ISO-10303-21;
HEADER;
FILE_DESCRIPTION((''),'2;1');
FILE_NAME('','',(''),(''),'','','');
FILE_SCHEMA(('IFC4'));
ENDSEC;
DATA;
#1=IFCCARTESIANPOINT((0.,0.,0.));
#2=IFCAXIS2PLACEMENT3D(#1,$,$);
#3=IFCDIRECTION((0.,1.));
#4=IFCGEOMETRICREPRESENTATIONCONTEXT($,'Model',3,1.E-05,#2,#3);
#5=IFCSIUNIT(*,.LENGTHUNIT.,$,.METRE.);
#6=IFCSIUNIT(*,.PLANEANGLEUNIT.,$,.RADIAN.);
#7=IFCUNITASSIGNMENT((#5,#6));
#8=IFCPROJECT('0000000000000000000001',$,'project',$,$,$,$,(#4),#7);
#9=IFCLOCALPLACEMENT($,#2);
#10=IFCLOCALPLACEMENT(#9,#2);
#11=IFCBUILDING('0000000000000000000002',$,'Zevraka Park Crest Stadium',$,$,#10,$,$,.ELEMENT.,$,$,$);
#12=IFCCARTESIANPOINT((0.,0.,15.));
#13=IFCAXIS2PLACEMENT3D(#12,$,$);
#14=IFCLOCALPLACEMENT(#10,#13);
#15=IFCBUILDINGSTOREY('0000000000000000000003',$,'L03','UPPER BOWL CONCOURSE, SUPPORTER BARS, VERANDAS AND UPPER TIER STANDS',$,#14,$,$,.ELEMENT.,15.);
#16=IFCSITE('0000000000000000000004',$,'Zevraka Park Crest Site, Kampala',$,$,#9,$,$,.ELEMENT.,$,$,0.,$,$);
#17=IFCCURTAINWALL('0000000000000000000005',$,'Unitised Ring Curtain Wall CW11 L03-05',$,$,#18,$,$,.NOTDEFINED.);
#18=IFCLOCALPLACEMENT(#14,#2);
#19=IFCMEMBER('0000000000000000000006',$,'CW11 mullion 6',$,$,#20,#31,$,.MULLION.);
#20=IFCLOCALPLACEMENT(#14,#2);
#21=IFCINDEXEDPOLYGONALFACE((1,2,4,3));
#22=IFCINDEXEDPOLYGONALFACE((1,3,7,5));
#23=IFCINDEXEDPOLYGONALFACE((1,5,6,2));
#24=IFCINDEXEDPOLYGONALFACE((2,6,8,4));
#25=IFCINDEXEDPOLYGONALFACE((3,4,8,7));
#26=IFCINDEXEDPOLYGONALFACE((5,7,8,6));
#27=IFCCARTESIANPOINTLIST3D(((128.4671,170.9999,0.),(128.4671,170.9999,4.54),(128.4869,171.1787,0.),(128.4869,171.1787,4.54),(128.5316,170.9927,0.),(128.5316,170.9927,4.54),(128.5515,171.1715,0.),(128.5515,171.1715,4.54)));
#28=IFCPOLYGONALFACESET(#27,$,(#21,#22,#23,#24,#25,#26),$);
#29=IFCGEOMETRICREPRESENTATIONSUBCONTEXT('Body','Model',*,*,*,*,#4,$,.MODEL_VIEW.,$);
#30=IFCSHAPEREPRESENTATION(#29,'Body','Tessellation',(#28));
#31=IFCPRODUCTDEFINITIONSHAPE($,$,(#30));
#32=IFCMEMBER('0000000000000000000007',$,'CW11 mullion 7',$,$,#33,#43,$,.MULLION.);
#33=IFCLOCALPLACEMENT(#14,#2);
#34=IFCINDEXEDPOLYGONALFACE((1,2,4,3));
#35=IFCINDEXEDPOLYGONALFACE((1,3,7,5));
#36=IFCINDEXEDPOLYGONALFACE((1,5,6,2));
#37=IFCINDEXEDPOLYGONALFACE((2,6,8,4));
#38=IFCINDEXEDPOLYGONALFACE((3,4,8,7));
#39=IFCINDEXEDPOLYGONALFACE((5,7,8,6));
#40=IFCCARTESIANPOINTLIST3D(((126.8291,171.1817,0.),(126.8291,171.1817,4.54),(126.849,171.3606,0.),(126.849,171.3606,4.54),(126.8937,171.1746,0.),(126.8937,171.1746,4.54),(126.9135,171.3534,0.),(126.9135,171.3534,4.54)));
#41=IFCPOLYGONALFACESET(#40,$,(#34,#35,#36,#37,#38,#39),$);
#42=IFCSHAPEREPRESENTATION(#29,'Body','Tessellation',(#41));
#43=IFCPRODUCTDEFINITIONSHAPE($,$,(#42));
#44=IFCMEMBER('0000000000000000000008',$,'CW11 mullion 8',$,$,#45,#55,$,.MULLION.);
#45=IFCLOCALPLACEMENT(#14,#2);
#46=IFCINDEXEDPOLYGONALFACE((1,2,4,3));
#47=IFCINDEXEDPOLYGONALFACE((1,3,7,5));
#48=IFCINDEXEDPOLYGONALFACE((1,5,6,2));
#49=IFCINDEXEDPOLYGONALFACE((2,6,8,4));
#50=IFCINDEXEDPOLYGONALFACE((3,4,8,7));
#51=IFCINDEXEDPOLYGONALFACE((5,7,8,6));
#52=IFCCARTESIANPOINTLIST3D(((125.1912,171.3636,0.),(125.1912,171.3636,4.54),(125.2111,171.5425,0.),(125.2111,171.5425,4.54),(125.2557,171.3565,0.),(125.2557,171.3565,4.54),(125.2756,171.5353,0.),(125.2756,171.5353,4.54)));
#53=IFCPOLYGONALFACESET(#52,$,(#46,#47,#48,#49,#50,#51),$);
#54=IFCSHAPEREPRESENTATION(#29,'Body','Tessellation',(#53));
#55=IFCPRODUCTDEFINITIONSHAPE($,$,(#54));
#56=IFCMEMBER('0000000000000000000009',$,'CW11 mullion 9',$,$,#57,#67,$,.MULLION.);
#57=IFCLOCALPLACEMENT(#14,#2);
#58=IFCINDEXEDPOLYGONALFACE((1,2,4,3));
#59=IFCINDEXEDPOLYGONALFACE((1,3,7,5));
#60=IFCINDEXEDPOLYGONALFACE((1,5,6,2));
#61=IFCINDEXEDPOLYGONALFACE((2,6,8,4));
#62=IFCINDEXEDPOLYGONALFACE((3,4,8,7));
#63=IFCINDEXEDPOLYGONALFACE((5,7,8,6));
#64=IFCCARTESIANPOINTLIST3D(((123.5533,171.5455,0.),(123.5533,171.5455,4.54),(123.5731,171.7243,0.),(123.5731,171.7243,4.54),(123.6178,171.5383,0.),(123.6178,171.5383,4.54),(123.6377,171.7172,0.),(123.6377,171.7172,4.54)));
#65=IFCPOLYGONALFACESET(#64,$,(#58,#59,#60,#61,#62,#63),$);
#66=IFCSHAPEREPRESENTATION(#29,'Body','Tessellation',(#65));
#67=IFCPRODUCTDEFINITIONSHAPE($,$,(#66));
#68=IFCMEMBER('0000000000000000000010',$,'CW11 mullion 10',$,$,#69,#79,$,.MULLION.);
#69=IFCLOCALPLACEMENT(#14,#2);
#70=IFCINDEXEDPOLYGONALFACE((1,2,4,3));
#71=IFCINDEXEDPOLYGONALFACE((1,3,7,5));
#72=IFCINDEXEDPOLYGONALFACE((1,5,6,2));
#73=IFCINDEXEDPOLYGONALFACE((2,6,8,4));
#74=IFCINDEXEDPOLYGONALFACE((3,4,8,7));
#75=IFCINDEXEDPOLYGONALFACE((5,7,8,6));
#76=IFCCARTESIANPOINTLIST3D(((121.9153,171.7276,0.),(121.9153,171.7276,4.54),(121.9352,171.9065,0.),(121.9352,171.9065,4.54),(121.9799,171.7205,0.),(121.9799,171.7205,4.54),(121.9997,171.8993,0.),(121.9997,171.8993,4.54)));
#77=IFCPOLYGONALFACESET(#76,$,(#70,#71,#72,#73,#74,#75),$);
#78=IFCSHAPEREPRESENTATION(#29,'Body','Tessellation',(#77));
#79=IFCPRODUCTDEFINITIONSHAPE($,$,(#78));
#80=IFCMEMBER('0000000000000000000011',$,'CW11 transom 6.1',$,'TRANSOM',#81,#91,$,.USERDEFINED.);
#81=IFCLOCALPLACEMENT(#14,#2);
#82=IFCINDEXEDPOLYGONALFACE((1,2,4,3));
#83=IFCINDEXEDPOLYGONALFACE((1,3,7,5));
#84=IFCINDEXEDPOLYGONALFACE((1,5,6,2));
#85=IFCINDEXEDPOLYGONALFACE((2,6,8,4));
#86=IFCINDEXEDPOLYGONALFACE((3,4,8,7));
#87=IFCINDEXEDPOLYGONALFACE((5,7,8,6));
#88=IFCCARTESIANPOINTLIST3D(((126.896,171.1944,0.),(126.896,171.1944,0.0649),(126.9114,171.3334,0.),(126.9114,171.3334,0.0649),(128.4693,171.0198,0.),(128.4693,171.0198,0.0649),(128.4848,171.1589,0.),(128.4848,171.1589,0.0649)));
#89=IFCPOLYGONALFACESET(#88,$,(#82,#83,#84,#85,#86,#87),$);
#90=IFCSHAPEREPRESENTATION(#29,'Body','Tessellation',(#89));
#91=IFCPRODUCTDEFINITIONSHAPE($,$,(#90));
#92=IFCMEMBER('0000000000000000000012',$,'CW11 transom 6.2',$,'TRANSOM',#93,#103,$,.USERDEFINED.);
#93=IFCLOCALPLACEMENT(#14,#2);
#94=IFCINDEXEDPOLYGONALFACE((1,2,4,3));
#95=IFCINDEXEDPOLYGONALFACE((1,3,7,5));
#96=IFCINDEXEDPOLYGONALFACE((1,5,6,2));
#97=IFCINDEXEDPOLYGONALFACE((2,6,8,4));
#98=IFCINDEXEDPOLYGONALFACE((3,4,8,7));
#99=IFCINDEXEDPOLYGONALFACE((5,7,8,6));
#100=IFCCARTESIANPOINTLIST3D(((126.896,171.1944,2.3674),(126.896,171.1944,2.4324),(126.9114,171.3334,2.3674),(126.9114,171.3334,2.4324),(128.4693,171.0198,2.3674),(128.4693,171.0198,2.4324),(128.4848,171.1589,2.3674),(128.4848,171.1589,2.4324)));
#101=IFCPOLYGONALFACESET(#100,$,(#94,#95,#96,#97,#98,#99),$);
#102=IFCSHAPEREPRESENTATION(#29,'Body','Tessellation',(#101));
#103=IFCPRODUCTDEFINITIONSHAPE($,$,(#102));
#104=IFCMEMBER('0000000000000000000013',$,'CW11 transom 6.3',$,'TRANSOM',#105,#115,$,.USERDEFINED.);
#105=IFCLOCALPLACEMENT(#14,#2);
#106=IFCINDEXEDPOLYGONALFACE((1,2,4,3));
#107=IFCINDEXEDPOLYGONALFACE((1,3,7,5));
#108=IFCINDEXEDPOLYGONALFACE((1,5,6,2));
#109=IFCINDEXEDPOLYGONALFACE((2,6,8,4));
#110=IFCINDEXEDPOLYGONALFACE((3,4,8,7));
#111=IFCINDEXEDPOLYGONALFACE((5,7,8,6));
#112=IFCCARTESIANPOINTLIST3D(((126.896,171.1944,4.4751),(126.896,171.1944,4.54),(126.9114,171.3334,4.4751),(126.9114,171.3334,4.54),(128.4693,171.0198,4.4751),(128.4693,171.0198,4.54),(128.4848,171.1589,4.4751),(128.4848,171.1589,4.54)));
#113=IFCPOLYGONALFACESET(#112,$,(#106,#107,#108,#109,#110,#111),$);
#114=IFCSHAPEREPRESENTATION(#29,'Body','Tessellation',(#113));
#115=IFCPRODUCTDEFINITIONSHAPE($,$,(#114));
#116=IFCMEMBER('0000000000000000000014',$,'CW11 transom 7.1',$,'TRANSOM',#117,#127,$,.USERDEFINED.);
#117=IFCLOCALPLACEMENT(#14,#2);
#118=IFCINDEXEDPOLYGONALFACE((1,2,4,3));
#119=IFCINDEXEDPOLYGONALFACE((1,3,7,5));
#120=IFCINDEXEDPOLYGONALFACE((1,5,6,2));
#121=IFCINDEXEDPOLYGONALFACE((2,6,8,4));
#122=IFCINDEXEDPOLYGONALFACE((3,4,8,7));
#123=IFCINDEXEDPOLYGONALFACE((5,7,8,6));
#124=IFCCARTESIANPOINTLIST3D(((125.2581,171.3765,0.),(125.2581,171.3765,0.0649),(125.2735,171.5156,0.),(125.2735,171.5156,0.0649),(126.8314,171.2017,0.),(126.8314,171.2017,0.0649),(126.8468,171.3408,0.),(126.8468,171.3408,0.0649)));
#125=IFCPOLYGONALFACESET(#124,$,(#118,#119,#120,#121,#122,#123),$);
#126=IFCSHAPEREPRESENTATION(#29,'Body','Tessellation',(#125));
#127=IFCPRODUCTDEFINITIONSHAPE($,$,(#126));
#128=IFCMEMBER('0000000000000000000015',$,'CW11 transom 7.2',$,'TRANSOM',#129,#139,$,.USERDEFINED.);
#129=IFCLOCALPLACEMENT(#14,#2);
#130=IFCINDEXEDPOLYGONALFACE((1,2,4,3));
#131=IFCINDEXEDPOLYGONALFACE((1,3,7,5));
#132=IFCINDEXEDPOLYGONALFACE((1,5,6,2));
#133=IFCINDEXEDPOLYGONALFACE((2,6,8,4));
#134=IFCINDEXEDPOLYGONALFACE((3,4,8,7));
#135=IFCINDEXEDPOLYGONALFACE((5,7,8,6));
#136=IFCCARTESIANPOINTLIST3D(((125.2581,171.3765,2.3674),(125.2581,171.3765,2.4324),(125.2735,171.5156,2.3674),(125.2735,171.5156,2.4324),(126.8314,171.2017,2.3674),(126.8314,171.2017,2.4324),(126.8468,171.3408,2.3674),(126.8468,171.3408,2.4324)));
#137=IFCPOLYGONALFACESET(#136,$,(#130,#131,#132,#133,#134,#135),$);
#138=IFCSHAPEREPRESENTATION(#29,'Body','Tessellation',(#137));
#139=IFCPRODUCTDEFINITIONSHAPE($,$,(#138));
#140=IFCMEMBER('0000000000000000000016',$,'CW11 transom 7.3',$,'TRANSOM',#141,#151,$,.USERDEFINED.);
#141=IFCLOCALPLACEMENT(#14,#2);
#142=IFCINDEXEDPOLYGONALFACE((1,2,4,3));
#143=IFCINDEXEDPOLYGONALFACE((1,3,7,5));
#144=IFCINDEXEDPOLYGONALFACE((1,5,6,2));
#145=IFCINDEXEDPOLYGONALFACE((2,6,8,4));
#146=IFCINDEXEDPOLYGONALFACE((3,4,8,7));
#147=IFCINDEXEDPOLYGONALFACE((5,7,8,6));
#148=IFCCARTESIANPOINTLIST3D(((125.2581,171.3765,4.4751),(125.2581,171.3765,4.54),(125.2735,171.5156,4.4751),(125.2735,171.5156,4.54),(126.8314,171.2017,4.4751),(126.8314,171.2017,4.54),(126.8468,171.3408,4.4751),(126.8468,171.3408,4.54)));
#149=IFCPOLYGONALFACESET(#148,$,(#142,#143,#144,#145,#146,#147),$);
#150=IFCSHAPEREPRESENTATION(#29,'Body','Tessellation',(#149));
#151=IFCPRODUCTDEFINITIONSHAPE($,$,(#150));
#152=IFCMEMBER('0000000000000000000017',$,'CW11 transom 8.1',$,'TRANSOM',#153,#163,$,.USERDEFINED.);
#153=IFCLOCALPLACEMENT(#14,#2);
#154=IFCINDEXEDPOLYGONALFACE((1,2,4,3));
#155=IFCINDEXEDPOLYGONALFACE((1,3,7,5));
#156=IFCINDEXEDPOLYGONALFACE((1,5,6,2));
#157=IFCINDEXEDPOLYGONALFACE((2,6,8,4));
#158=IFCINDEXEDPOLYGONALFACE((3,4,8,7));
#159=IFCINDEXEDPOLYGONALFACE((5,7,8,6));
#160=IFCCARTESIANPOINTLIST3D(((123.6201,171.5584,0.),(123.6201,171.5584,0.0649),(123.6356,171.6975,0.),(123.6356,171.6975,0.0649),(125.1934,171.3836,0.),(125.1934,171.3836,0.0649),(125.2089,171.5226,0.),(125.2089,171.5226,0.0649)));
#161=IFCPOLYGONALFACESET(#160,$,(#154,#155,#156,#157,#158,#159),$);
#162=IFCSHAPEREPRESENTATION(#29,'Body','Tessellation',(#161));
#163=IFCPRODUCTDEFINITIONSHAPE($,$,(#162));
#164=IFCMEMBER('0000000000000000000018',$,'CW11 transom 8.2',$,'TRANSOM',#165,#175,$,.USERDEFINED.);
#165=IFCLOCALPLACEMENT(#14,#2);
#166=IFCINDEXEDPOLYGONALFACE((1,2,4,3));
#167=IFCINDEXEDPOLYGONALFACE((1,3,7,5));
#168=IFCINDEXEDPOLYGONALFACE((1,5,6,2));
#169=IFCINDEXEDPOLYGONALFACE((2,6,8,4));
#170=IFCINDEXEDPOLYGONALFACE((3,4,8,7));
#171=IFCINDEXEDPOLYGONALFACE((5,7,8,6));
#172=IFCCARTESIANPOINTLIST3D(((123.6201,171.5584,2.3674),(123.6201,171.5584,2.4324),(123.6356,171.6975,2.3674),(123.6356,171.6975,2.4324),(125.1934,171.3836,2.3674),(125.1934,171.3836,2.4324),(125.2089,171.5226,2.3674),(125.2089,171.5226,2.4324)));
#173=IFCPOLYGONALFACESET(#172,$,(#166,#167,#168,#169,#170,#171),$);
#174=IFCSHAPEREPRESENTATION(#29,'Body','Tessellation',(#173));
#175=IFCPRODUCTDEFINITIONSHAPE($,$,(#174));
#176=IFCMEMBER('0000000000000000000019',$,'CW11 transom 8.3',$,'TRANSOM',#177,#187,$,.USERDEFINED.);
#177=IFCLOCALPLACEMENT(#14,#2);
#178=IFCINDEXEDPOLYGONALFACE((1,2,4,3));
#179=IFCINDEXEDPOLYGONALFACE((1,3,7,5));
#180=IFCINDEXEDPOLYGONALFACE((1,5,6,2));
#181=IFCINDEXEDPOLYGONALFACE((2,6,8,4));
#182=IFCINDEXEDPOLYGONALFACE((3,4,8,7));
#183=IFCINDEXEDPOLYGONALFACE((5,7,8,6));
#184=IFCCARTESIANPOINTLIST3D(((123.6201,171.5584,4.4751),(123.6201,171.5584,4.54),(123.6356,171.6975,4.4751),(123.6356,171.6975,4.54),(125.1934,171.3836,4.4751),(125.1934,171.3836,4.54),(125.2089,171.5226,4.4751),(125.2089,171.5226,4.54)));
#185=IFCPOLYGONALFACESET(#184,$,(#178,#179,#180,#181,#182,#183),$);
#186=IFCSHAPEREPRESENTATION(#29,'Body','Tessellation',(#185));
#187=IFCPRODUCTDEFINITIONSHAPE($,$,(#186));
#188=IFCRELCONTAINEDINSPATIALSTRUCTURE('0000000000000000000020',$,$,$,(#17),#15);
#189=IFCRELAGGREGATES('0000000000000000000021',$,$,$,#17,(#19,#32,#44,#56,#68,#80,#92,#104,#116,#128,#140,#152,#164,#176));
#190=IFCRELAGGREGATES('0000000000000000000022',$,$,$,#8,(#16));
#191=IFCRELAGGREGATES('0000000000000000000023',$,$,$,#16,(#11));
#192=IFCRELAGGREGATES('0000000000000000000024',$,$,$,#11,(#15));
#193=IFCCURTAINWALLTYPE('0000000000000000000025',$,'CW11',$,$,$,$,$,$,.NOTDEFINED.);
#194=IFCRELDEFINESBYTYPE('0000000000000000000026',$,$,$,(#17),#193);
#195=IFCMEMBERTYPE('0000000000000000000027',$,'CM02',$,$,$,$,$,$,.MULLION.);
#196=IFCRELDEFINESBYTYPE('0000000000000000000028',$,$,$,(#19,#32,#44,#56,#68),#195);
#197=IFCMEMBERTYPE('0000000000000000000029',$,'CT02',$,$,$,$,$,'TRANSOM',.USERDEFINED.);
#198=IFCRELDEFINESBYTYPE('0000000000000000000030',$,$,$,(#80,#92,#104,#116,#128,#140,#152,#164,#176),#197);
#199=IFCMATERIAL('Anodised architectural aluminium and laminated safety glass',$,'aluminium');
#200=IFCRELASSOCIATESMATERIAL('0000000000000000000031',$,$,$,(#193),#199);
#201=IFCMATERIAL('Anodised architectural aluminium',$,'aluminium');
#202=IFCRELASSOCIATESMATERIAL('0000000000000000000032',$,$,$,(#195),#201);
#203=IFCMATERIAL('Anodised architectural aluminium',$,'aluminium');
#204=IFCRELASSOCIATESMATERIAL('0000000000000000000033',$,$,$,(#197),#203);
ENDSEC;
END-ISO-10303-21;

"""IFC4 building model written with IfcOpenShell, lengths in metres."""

from ifc_helpers import new_model, si_unit, direction, frame, origin, origin_2d, place, context, subcontext, project, spatial, rectangle, extrude, material, material_profile, profile_set, type_object, element, aggregate, save


model = new_model("IFC4")

# Units and contexts
model_context = context("Model", 3, precision=1e-05, world=origin(), true_north=direction((0.0, 1.0)))
body_context = subcontext(model_context, "Body", "Model", "MODEL_VIEW")
ifc_project = project(units=[si_unit("LENGTHUNIT", "METRE"), si_unit("PLANEANGLEUNIT", "RADIAN")], contexts=[model_context])

# Site, building, storey
site_placement = place(None, origin())
site = spatial("IfcSite", under=ifc_project, at=site_placement, Name="Zevraka Park Crest Site, Kampala", CompositionType="ELEMENT", RefElevation=0.0)
building_placement = place(site_placement, origin())
building = spatial("IfcBuilding", under=site, at=building_placement, Name="Zevraka Park Crest Stadium", CompositionType="ELEMENT")
storey_placement = place(building_placement, frame((0.0, 0.0, 15.0)))
storey = spatial("IfcBuildingStorey", under=building, at=storey_placement, Name="L03", Description="UPPER BOWL CONCOURSE, SUPPORTER BARS, VERANDAS AND UPPER TIER STANDS", CompositionType="ELEMENT", Elevation=15.0)

# Curtain wall, members
ifc_material_1 = material(Name="Anodised architectural aluminium and laminated safety glass", Category="aluminium")
curtain_wall_type = type_object("IfcCurtainWallType", Name="CW11", PredefinedType="NOTDEFINED", material=ifc_material_1)
curtain_wall_placement = place(storey_placement, origin())
curtain_wall = element("IfcCurtainWall", 1, at=curtain_wall_placement, inside=storey, type_object=curtain_wall_type, Name="Unitised Ring Curtain Wall CW11 L03-05", PredefinedType="NOTDEFINED")
ifc_material_2 = material(Name="Anodised architectural aluminium", Category="aluminium")
ifc_material_profile_1 = material_profile(ifc_material_2, rectangle(XDim=0.1799, YDim=0.0649, at=origin_2d()), Name="ALU MULLION 180x65")
ifc_profile_set_1 = profile_set([ifc_material_profile_1], Name="Anodised architectural aluminium")
member_type_1 = type_object("IfcMemberType", Name="CM02", PredefinedType="MULLION", material=ifc_profile_set_1)
member_1_placement = place(storey_placement, frame((128.5093, 171.0857, 0.0), z_axis=(0.0, 0.0, 1.0), x_axis=(-0.110396, -0.993888, 0.0)))
member_1 = element("IfcMember", 2, at=member_1_placement, type_object=member_type_1, Name="CW11 mullion 6", PredefinedType="MULLION", context=body_context, shape_type="SweptSolid", body=[
    extrude(rectangle(XDim=0.1799, YDim=0.0649, at=origin_2d()), origin(), (0.0, 0.0, 1.0), 4.54),
])
member_2_placement = place(storey_placement, frame((126.8713, 171.2676, 0.0), z_axis=(0.0, 0.0, 1.0), x_axis=(-0.110396, -0.993888, 0.0)))
member_2 = element("IfcMember", 3, at=member_2_placement, type_object=member_type_1, Name="CW11 mullion 7", PredefinedType="MULLION", context=body_context, shape_type="SweptSolid", body=[
    extrude(rectangle(XDim=0.1799, YDim=0.0649, at=origin_2d()), origin(), (0.0, 0.0, 1.0), 4.54),
])
member_3_placement = place(storey_placement, frame((125.2334, 171.4495, 0.0), z_axis=(0.0, 0.0, 1.0), x_axis=(-0.110396, -0.993888, 0.0)))
member_3 = element("IfcMember", 4, at=member_3_placement, type_object=member_type_1, Name="CW11 mullion 8", PredefinedType="MULLION", context=body_context, shape_type="SweptSolid", body=[
    extrude(rectangle(XDim=0.1799, YDim=0.0649, at=origin_2d()), origin(), (0.0, 0.0, 1.0), 4.54),
])
member_4_placement = place(storey_placement, frame((123.5955, 171.6313, 0.0), z_axis=(0.0, 0.0, 1.0), x_axis=(-0.110396, -0.993888, 0.0)))
member_4 = element("IfcMember", 5, at=member_4_placement, type_object=member_type_1, Name="CW11 mullion 9", PredefinedType="MULLION", context=body_context, shape_type="SweptSolid", body=[
    extrude(rectangle(XDim=0.1799, YDim=0.0649, at=origin_2d()), origin(), (0.0, 0.0, 1.0), 4.54),
])
member_5_placement = place(storey_placement, frame((121.9575, 171.8135, 0.0), z_axis=(0.0, 0.0, 1.0), x_axis=(-0.110396, -0.993888, 0.0)))
member_5 = element("IfcMember", 6, at=member_5_placement, type_object=member_type_1, Name="CW11 mullion 10", PredefinedType="MULLION", context=body_context, shape_type="SweptSolid", body=[
    extrude(rectangle(XDim=0.1799, YDim=0.0649, at=origin_2d()), origin(), (0.0, 0.0, 1.0), 4.54),
])
ifc_material_3 = material(Name="Anodised architectural aluminium", Category="aluminium")
ifc_material_profile_2 = material_profile(ifc_material_3, rectangle(XDim=0.1399, YDim=0.0649, at=origin_2d()), Name="ALU TRANSOM 140x65")
ifc_profile_set_2 = profile_set([ifc_material_profile_2], Name="Anodised architectural aluminium")
member_type_2 = type_object("IfcMemberType", Name="CT02", ElementType="TRANSOM", PredefinedType="USERDEFINED", material=ifc_profile_set_2)
member_6_placement = place(storey_placement, frame((128.4771, 171.0894, 0.0325), z_axis=(-0.993901, 0.110279, 0.0), x_axis=(-0.110279, -0.993901, 0.0)))
member_6 = element("IfcMember", 7, at=member_6_placement, type_object=member_type_2, Name="CW11 transom 6.1", ObjectType="TRANSOM", PredefinedType="USERDEFINED", context=body_context, shape_type="SweptSolid", body=[
    extrude(rectangle(XDim=0.1399, YDim=0.0649, at=origin_2d()), origin(), (0.0, 0.0, 1.0), 1.583),
])
member_7_placement = place(storey_placement, frame((128.4771, 171.0894, 2.3999), z_axis=(-0.993901, 0.110279, 0.0), x_axis=(-0.110279, -0.993901, 0.0)))
member_7 = element("IfcMember", 8, at=member_7_placement, type_object=member_type_2, Name="CW11 transom 6.2", ObjectType="TRANSOM", PredefinedType="USERDEFINED", context=body_context, shape_type="SweptSolid", body=[
    extrude(rectangle(XDim=0.1399, YDim=0.0649, at=origin_2d()), origin(), (0.0, 0.0, 1.0), 1.583),
])
member_8_placement = place(storey_placement, frame((128.4771, 171.0894, 4.5076), z_axis=(-0.993901, 0.110279, 0.0), x_axis=(-0.110279, -0.993901, 0.0)))
member_8 = element("IfcMember", 9, at=member_8_placement, type_object=member_type_2, Name="CW11 transom 6.3", ObjectType="TRANSOM", PredefinedType="USERDEFINED", context=body_context, shape_type="SweptSolid", body=[
    extrude(rectangle(XDim=0.1399, YDim=0.0649, at=origin_2d()), origin(), (0.0, 0.0, 1.0), 1.583),
])
member_9_placement = place(storey_placement, frame((126.8391, 171.2712, 0.0325), z_axis=(-0.993884, 0.110432, 0.0), x_axis=(-0.110432, -0.993884, 0.0)))
member_9 = element("IfcMember", 10, at=member_9_placement, type_object=member_type_2, Name="CW11 transom 7.1", ObjectType="TRANSOM", PredefinedType="USERDEFINED", context=body_context, shape_type="SweptSolid", body=[
    extrude(rectangle(XDim=0.1399, YDim=0.0649, at=origin_2d()), origin(), (0.0, 0.0, 1.0), 1.583),
])
member_10_placement = place(storey_placement, frame((126.8391, 171.2712, 2.3999), z_axis=(-0.993884, 0.110432, 0.0), x_axis=(-0.110432, -0.993884, 0.0)))
member_10 = element("IfcMember", 11, at=member_10_placement, type_object=member_type_2, Name="CW11 transom 7.2", ObjectType="TRANSOM", PredefinedType="USERDEFINED", context=body_context, shape_type="SweptSolid", body=[
    extrude(rectangle(XDim=0.1399, YDim=0.0649, at=origin_2d()), origin(), (0.0, 0.0, 1.0), 1.583),
])
member_11_placement = place(storey_placement, frame((126.8391, 171.2712, 4.5076), z_axis=(-0.993884, 0.110432, 0.0), x_axis=(-0.110432, -0.993884, 0.0)))
member_11 = element("IfcMember", 12, at=member_11_placement, type_object=member_type_2, Name="CW11 transom 7.3", ObjectType="TRANSOM", PredefinedType="USERDEFINED", context=body_context, shape_type="SweptSolid", body=[
    extrude(rectangle(XDim=0.1399, YDim=0.0649, at=origin_2d()), origin(), (0.0, 0.0, 1.0), 1.583),
])
member_12_placement = place(storey_placement, frame((125.2012, 171.4531, 0.0325), z_axis=(-0.993884, 0.110432, 0.0), x_axis=(-0.110432, -0.993884, 0.0)))
member_12 = element("IfcMember", 13, at=member_12_placement, type_object=member_type_2, Name="CW11 transom 8.1", ObjectType="TRANSOM", PredefinedType="USERDEFINED", context=body_context, shape_type="SweptSolid", body=[
    extrude(rectangle(XDim=0.1399, YDim=0.0649, at=origin_2d()), origin(), (0.0, 0.0, 1.0), 1.583),
])
member_13_placement = place(storey_placement, frame((125.2012, 171.4531, 2.3999), z_axis=(-0.993884, 0.110432, 0.0), x_axis=(-0.110432, -0.993884, 0.0)))
member_13 = element("IfcMember", 14, at=member_13_placement, type_object=member_type_2, Name="CW11 transom 8.2", ObjectType="TRANSOM", PredefinedType="USERDEFINED", context=body_context, shape_type="SweptSolid", body=[
    extrude(rectangle(XDim=0.1399, YDim=0.0649, at=origin_2d()), origin(), (0.0, 0.0, 1.0), 1.583),
])
member_14_placement = place(storey_placement, frame((125.2012, 171.4531, 4.5076), z_axis=(-0.993884, 0.110432, 0.0), x_axis=(-0.110432, -0.993884, 0.0)))
member_14 = element("IfcMember", 15, at=member_14_placement, type_object=member_type_2, Name="CW11 transom 8.3", ObjectType="TRANSOM", PredefinedType="USERDEFINED", context=body_context, shape_type="SweptSolid", body=[
    extrude(rectangle(XDim=0.1399, YDim=0.0649, at=origin_2d()), origin(), (0.0, 0.0, 1.0), 1.583),
])
aggregate(curtain_wall, [member_1, member_2, member_3, member_4, member_5, member_6, member_7, member_8, member_9, member_10, member_11, member_12, member_13, member_14])

save(model, "model.ifc")
